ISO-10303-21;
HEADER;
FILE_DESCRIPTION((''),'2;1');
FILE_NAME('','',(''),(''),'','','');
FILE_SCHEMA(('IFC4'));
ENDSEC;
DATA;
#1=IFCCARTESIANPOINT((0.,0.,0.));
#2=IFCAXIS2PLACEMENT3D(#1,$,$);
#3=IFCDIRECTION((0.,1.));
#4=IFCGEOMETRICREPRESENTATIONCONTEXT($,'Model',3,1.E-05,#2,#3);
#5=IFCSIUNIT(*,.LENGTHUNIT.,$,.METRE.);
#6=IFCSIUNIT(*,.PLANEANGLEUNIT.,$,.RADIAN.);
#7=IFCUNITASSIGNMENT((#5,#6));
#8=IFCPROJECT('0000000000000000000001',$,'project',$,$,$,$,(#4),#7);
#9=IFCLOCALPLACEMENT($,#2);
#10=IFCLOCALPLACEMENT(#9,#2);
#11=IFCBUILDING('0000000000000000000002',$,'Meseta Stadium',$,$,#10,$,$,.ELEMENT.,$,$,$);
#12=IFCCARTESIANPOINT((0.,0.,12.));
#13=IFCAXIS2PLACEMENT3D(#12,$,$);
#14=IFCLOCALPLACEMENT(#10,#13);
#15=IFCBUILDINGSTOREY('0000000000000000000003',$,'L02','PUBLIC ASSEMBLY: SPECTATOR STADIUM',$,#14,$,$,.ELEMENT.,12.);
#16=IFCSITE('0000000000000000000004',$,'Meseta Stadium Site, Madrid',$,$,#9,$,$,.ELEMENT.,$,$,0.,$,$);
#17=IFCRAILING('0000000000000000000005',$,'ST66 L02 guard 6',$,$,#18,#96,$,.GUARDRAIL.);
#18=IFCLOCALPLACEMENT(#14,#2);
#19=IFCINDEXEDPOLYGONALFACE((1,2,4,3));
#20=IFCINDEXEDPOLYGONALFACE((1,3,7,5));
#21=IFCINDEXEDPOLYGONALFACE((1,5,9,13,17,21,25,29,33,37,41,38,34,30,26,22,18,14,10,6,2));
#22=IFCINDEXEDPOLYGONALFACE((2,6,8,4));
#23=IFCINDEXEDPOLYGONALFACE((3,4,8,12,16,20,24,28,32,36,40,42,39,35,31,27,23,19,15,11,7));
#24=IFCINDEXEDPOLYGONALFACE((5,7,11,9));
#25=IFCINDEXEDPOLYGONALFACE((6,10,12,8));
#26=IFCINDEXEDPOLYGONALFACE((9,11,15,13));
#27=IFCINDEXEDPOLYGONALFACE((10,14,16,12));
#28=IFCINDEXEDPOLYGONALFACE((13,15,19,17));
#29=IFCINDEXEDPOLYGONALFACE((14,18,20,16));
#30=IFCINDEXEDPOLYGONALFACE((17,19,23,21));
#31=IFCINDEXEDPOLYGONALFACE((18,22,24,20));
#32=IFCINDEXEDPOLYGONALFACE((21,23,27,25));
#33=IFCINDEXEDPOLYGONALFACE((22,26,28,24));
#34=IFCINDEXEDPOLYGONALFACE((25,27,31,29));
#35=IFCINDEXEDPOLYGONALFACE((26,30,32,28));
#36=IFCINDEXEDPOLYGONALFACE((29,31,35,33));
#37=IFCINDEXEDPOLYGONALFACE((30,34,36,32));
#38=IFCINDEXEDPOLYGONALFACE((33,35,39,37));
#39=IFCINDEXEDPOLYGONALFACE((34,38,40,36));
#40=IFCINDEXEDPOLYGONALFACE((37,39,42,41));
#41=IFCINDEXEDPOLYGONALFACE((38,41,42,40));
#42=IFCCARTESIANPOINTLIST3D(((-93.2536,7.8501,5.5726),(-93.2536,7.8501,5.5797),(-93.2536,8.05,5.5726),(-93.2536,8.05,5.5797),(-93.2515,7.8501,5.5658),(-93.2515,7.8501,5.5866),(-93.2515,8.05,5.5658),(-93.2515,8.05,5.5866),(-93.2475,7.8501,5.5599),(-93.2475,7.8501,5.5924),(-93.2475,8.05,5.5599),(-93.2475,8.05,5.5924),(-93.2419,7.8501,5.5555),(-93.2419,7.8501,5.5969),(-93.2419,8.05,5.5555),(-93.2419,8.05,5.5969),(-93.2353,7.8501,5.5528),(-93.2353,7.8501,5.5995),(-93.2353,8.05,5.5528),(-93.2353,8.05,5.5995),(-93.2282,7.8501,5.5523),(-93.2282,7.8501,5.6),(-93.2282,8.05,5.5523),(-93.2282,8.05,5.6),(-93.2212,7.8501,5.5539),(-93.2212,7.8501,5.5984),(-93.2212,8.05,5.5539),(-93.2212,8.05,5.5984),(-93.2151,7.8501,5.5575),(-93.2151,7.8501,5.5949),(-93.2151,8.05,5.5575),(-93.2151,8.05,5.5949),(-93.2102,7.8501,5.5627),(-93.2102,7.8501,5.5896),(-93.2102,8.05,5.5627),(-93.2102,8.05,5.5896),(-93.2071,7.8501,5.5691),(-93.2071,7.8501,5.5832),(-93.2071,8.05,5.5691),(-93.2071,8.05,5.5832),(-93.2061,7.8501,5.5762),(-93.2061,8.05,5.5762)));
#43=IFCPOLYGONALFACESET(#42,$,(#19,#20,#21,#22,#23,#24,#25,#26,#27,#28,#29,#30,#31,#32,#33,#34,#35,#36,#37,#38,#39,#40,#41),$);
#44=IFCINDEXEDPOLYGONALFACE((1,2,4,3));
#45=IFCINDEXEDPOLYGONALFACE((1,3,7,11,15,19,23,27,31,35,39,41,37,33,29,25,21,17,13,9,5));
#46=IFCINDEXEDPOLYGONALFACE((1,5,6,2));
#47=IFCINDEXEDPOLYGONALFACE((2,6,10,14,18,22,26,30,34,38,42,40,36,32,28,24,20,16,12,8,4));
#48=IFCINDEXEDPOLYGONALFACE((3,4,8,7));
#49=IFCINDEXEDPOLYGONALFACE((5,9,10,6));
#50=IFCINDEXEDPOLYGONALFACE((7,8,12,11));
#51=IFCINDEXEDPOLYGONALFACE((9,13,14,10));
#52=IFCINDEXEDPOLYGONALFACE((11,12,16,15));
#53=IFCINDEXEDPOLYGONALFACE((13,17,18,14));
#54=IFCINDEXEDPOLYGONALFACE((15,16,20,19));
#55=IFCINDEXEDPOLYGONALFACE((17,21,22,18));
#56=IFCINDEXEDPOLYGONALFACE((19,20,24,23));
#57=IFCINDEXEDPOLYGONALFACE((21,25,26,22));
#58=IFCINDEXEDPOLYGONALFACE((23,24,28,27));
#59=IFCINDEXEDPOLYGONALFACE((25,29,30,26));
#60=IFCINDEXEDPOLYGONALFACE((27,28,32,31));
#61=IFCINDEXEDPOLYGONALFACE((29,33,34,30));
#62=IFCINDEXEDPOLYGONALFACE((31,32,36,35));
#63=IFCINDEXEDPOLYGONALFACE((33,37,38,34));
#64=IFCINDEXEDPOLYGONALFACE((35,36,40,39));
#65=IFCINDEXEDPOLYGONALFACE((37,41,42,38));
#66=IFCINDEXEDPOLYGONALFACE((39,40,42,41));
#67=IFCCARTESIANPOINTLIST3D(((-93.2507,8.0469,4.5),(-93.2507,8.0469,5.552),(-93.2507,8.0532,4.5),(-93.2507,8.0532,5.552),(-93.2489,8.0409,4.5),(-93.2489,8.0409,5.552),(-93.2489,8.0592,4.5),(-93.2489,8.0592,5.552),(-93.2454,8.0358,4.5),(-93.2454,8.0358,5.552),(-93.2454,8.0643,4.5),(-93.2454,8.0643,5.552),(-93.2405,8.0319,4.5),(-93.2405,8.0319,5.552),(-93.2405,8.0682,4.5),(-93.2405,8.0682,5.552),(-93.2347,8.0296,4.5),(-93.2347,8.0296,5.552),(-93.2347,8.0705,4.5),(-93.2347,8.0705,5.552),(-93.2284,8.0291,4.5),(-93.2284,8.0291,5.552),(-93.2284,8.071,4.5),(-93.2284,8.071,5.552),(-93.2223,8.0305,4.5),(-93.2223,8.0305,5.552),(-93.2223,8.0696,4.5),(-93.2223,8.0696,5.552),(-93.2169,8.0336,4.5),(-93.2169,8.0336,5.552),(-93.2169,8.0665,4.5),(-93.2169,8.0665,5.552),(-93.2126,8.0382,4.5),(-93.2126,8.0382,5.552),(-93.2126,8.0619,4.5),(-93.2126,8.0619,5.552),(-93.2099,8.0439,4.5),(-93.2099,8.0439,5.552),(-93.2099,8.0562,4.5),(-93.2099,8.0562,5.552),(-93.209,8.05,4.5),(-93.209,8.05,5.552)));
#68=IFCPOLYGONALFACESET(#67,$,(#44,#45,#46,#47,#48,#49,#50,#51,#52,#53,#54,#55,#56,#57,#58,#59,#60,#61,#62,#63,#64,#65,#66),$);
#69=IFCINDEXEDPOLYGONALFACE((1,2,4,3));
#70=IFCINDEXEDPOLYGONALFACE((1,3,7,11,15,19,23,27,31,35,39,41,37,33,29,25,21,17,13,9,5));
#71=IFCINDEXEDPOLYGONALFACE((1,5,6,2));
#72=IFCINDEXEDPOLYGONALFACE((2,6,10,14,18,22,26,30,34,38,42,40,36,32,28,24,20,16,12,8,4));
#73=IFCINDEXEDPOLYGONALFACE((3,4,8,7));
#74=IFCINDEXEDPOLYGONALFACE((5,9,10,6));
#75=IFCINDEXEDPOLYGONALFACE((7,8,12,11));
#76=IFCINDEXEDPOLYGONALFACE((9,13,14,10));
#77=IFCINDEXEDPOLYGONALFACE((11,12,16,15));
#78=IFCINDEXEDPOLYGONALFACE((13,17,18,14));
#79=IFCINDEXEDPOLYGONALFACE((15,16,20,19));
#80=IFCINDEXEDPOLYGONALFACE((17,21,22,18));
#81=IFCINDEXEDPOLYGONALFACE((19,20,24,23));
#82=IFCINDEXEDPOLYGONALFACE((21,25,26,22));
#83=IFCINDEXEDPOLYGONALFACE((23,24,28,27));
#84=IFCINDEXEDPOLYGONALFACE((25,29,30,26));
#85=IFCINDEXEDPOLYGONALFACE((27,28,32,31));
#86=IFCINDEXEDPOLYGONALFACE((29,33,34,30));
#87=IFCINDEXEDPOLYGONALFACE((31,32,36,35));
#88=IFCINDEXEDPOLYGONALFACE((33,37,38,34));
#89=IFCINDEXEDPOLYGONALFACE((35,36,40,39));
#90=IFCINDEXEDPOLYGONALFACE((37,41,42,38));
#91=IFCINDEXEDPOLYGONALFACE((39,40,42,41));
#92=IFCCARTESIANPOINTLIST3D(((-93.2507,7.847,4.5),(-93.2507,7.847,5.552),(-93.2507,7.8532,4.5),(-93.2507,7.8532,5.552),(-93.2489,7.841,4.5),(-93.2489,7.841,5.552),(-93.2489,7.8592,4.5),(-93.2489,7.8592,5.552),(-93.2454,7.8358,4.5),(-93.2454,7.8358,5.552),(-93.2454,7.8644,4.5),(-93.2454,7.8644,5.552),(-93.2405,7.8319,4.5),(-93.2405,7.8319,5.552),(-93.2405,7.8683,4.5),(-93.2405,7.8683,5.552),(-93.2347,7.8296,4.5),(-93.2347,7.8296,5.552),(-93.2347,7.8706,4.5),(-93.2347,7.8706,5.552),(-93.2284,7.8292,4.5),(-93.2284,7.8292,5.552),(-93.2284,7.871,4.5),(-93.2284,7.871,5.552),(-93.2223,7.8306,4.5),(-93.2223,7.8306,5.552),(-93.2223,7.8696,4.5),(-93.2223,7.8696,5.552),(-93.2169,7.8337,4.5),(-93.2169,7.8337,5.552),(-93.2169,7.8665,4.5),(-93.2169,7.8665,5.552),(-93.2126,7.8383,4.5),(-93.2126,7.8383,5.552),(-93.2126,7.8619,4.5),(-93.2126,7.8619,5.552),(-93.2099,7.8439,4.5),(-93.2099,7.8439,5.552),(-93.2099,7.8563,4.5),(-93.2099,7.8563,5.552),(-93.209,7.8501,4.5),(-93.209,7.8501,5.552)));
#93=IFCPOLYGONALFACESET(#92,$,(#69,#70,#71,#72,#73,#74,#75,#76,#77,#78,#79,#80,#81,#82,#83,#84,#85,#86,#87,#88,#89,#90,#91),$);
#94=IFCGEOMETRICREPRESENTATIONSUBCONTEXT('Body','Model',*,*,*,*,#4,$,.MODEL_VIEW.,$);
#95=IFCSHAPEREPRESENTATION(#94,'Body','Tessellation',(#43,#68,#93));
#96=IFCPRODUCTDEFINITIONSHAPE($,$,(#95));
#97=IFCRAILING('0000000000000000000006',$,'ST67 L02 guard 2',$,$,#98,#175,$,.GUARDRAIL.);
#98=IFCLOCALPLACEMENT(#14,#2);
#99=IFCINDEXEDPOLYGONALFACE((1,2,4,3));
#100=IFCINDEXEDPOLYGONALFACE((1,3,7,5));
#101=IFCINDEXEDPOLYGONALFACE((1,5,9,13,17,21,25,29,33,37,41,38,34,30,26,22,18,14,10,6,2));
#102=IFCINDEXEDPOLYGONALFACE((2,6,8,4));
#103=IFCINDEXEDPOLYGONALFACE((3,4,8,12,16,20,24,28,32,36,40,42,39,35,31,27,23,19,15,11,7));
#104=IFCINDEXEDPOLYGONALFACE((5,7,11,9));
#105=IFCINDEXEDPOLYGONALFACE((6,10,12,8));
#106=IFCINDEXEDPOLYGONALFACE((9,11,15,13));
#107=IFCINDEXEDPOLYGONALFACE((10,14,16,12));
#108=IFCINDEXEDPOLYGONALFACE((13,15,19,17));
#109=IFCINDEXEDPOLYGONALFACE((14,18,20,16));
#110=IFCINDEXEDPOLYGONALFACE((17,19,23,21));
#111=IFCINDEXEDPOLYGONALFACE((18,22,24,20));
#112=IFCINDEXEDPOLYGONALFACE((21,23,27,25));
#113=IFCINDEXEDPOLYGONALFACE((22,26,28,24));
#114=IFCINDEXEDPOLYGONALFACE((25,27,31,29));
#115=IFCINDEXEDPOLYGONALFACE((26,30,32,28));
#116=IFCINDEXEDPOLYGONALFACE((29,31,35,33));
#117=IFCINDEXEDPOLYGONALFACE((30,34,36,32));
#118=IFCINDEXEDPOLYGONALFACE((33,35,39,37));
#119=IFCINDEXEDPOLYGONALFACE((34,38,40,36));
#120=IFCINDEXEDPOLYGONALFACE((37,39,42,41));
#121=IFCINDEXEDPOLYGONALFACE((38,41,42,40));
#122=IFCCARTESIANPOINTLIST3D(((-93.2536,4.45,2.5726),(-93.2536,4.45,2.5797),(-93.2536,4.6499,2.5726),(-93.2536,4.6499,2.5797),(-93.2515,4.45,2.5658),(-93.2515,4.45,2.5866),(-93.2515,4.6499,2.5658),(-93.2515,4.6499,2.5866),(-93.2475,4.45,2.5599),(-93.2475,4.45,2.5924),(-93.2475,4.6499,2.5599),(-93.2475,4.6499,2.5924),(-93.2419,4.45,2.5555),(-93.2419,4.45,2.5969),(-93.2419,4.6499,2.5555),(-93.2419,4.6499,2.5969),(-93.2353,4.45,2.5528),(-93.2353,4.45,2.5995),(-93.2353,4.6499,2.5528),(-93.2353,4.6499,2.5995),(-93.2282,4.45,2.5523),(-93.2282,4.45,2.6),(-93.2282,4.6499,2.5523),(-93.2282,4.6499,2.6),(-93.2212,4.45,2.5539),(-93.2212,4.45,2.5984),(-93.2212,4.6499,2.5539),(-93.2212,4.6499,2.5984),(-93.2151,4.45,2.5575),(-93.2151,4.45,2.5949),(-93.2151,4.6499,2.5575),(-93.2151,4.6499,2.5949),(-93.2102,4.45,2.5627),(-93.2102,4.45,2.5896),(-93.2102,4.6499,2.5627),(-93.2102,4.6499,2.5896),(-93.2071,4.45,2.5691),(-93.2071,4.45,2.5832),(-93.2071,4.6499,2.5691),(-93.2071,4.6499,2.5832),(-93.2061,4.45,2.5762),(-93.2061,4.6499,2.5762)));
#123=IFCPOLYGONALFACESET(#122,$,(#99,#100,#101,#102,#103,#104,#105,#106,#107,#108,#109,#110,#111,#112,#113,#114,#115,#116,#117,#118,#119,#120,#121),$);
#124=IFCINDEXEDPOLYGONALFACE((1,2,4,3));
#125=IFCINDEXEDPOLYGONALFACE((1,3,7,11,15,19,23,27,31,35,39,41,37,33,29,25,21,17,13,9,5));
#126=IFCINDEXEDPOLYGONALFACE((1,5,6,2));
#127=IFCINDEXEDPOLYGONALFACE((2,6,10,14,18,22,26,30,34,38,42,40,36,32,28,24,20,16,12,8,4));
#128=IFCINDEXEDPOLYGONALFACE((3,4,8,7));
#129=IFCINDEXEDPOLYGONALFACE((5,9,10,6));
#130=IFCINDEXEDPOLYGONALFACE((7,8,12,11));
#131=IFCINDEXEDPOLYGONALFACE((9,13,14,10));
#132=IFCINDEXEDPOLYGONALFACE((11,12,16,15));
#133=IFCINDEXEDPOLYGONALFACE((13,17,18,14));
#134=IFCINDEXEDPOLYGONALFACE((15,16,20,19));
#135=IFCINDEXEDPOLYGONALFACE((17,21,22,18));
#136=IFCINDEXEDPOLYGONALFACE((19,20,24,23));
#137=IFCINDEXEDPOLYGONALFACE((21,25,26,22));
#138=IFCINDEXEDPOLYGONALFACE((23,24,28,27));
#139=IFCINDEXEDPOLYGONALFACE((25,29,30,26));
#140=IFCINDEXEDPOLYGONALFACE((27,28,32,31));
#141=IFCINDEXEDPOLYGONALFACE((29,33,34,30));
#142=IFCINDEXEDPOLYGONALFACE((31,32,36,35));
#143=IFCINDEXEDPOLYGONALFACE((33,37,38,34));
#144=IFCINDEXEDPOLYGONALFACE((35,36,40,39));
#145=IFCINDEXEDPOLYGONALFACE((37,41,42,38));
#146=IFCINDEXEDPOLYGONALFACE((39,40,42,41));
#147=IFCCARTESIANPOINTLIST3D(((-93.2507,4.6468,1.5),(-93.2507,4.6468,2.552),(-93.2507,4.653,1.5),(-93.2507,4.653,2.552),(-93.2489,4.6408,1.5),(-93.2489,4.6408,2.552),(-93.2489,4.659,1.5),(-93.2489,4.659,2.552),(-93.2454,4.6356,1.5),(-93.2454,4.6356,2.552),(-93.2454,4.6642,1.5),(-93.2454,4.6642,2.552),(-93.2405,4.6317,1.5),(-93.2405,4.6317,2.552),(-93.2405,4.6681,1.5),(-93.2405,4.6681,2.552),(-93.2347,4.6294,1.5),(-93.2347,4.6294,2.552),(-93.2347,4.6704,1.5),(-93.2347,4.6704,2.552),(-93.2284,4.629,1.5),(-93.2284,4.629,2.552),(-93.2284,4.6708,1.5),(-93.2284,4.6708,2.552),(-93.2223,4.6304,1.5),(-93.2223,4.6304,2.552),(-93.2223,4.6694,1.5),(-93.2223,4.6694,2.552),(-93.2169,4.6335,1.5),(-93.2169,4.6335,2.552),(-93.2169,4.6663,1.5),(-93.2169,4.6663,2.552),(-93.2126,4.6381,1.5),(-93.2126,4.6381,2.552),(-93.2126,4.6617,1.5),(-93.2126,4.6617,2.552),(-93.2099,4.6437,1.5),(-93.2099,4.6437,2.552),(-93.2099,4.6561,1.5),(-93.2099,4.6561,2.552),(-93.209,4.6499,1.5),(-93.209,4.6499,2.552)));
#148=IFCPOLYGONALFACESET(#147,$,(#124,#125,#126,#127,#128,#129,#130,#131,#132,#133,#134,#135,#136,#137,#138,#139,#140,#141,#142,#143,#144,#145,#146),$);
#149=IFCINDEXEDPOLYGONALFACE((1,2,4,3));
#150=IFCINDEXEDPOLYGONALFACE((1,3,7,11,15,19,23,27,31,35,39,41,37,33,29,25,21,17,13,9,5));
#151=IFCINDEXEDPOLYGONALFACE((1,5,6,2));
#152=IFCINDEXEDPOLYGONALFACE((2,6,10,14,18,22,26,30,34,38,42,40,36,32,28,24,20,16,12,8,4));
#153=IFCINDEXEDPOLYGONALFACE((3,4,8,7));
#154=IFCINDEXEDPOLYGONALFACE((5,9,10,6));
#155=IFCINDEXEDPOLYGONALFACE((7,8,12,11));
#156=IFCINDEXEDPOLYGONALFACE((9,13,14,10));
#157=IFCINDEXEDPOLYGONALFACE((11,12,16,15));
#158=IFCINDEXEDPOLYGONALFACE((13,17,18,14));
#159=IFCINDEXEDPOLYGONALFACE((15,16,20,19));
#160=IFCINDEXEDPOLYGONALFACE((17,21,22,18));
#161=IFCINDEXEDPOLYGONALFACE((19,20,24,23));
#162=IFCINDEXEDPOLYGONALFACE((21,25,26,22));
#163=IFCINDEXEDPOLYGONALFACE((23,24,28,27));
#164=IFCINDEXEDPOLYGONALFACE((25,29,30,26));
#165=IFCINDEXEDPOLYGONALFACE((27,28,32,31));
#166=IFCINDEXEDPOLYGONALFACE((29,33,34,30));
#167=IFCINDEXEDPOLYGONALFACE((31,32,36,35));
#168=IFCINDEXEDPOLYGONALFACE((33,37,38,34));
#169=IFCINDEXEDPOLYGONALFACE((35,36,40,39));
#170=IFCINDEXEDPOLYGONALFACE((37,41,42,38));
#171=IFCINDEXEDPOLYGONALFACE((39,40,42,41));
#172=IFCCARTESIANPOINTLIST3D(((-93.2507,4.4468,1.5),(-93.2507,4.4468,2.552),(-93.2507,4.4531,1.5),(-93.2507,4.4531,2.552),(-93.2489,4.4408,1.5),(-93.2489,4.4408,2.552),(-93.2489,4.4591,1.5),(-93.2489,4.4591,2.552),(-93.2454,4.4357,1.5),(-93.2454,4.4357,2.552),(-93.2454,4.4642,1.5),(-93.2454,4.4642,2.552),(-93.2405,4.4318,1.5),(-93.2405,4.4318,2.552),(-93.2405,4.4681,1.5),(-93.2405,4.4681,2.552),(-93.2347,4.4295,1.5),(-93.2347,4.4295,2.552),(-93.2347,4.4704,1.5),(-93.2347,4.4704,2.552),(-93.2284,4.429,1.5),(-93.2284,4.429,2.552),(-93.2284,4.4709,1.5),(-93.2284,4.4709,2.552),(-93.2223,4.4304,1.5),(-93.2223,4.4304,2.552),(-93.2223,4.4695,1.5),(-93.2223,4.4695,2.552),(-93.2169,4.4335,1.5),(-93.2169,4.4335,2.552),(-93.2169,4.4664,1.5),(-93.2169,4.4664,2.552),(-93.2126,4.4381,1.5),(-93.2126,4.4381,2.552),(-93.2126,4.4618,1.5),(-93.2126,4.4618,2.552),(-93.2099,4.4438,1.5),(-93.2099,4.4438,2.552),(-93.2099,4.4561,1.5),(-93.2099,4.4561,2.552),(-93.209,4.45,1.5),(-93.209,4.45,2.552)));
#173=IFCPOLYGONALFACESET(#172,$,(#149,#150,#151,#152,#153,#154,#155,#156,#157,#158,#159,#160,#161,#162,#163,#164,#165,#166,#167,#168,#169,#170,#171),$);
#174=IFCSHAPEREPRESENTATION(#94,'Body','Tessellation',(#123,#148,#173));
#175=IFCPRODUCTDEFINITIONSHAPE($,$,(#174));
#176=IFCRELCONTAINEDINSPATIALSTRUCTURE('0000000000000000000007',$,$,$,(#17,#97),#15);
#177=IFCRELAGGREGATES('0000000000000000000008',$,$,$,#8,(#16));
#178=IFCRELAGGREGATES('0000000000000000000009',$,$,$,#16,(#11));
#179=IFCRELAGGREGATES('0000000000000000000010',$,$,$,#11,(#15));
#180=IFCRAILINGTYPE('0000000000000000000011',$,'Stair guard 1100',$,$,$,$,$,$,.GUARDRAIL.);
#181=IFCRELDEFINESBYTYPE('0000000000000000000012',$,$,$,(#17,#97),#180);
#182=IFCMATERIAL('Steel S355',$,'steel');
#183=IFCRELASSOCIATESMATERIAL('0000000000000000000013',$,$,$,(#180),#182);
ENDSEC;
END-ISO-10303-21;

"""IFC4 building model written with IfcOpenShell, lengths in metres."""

from ifc_helpers import new_model, si_unit, direction, frame, origin, origin_2d, place, context, subcontext, project, spatial, circle, extrude, material, type_object, element, save


model = new_model("IFC4")

# Units and contexts
model_context = context("Model", 3, precision=1e-05, world=origin(), true_north=direction((0.0, 1.0)))
body_context = subcontext(model_context, "Body", "Model", "MODEL_VIEW")
ifc_project = project(units=[si_unit("LENGTHUNIT", "METRE"), si_unit("PLANEANGLEUNIT", "RADIAN")], contexts=[model_context])

# Site, building, storey
site_placement = place(None, origin())
site = spatial("IfcSite", under=ifc_project, at=site_placement, Name="Meseta Stadium Site, Madrid", CompositionType="ELEMENT", RefElevation=0.0)
building_placement = place(site_placement, origin())
building = spatial("IfcBuilding", under=site, at=building_placement, Name="Meseta Stadium", CompositionType="ELEMENT")
storey_placement = place(building_placement, frame((0.0, 0.0, 12.0)))
storey = spatial("IfcBuildingStorey", under=building, at=storey_placement, Name="L02", Description="PUBLIC ASSEMBLY: SPECTATOR STADIUM", CompositionType="ELEMENT", Elevation=12.0)

# Railings
ifc_material_1 = material(Name="Steel S355", Category="steel")
railing_type_1 = type_object("IfcRailingType", Name="Stair guard 1100", PredefinedType="GUARDRAIL", material=ifc_material_1)
for number, where, name in (
    (1, (-93.23, 8.05, 4.5), "ST66 L02 guard 6"),
    (2, (-93.23, 4.6499, 1.5), "ST67 L02 guard 2"),
):
    element("IfcRailing", number, at=place(storey_placement, frame(where)), inside=storey, type_object=railing_type_1, Name=name, PredefinedType="GUARDRAIL", context=body_context, shape_type="SweptSolid", body=[
        extrude(circle(Radius=0.0239, at=origin_2d()), frame((0.0, 0.0, 1.0762), z_axis=(0.0, -1.0, 0.0), x_axis=(1.0, 0.0, 0.0)), (0.0, 0.0, 1.0), 0.2),
        extrude(circle(Radius=0.021, at=origin_2d()), origin(), (0.0, 0.0, 1.0), 1.052),
        extrude(circle(Radius=0.021, at=origin_2d()), frame((0.0, -0.2, 0.0)), (0.0, 0.0, 1.0), 1.052),
    ])

save(model, "model.ifc")
